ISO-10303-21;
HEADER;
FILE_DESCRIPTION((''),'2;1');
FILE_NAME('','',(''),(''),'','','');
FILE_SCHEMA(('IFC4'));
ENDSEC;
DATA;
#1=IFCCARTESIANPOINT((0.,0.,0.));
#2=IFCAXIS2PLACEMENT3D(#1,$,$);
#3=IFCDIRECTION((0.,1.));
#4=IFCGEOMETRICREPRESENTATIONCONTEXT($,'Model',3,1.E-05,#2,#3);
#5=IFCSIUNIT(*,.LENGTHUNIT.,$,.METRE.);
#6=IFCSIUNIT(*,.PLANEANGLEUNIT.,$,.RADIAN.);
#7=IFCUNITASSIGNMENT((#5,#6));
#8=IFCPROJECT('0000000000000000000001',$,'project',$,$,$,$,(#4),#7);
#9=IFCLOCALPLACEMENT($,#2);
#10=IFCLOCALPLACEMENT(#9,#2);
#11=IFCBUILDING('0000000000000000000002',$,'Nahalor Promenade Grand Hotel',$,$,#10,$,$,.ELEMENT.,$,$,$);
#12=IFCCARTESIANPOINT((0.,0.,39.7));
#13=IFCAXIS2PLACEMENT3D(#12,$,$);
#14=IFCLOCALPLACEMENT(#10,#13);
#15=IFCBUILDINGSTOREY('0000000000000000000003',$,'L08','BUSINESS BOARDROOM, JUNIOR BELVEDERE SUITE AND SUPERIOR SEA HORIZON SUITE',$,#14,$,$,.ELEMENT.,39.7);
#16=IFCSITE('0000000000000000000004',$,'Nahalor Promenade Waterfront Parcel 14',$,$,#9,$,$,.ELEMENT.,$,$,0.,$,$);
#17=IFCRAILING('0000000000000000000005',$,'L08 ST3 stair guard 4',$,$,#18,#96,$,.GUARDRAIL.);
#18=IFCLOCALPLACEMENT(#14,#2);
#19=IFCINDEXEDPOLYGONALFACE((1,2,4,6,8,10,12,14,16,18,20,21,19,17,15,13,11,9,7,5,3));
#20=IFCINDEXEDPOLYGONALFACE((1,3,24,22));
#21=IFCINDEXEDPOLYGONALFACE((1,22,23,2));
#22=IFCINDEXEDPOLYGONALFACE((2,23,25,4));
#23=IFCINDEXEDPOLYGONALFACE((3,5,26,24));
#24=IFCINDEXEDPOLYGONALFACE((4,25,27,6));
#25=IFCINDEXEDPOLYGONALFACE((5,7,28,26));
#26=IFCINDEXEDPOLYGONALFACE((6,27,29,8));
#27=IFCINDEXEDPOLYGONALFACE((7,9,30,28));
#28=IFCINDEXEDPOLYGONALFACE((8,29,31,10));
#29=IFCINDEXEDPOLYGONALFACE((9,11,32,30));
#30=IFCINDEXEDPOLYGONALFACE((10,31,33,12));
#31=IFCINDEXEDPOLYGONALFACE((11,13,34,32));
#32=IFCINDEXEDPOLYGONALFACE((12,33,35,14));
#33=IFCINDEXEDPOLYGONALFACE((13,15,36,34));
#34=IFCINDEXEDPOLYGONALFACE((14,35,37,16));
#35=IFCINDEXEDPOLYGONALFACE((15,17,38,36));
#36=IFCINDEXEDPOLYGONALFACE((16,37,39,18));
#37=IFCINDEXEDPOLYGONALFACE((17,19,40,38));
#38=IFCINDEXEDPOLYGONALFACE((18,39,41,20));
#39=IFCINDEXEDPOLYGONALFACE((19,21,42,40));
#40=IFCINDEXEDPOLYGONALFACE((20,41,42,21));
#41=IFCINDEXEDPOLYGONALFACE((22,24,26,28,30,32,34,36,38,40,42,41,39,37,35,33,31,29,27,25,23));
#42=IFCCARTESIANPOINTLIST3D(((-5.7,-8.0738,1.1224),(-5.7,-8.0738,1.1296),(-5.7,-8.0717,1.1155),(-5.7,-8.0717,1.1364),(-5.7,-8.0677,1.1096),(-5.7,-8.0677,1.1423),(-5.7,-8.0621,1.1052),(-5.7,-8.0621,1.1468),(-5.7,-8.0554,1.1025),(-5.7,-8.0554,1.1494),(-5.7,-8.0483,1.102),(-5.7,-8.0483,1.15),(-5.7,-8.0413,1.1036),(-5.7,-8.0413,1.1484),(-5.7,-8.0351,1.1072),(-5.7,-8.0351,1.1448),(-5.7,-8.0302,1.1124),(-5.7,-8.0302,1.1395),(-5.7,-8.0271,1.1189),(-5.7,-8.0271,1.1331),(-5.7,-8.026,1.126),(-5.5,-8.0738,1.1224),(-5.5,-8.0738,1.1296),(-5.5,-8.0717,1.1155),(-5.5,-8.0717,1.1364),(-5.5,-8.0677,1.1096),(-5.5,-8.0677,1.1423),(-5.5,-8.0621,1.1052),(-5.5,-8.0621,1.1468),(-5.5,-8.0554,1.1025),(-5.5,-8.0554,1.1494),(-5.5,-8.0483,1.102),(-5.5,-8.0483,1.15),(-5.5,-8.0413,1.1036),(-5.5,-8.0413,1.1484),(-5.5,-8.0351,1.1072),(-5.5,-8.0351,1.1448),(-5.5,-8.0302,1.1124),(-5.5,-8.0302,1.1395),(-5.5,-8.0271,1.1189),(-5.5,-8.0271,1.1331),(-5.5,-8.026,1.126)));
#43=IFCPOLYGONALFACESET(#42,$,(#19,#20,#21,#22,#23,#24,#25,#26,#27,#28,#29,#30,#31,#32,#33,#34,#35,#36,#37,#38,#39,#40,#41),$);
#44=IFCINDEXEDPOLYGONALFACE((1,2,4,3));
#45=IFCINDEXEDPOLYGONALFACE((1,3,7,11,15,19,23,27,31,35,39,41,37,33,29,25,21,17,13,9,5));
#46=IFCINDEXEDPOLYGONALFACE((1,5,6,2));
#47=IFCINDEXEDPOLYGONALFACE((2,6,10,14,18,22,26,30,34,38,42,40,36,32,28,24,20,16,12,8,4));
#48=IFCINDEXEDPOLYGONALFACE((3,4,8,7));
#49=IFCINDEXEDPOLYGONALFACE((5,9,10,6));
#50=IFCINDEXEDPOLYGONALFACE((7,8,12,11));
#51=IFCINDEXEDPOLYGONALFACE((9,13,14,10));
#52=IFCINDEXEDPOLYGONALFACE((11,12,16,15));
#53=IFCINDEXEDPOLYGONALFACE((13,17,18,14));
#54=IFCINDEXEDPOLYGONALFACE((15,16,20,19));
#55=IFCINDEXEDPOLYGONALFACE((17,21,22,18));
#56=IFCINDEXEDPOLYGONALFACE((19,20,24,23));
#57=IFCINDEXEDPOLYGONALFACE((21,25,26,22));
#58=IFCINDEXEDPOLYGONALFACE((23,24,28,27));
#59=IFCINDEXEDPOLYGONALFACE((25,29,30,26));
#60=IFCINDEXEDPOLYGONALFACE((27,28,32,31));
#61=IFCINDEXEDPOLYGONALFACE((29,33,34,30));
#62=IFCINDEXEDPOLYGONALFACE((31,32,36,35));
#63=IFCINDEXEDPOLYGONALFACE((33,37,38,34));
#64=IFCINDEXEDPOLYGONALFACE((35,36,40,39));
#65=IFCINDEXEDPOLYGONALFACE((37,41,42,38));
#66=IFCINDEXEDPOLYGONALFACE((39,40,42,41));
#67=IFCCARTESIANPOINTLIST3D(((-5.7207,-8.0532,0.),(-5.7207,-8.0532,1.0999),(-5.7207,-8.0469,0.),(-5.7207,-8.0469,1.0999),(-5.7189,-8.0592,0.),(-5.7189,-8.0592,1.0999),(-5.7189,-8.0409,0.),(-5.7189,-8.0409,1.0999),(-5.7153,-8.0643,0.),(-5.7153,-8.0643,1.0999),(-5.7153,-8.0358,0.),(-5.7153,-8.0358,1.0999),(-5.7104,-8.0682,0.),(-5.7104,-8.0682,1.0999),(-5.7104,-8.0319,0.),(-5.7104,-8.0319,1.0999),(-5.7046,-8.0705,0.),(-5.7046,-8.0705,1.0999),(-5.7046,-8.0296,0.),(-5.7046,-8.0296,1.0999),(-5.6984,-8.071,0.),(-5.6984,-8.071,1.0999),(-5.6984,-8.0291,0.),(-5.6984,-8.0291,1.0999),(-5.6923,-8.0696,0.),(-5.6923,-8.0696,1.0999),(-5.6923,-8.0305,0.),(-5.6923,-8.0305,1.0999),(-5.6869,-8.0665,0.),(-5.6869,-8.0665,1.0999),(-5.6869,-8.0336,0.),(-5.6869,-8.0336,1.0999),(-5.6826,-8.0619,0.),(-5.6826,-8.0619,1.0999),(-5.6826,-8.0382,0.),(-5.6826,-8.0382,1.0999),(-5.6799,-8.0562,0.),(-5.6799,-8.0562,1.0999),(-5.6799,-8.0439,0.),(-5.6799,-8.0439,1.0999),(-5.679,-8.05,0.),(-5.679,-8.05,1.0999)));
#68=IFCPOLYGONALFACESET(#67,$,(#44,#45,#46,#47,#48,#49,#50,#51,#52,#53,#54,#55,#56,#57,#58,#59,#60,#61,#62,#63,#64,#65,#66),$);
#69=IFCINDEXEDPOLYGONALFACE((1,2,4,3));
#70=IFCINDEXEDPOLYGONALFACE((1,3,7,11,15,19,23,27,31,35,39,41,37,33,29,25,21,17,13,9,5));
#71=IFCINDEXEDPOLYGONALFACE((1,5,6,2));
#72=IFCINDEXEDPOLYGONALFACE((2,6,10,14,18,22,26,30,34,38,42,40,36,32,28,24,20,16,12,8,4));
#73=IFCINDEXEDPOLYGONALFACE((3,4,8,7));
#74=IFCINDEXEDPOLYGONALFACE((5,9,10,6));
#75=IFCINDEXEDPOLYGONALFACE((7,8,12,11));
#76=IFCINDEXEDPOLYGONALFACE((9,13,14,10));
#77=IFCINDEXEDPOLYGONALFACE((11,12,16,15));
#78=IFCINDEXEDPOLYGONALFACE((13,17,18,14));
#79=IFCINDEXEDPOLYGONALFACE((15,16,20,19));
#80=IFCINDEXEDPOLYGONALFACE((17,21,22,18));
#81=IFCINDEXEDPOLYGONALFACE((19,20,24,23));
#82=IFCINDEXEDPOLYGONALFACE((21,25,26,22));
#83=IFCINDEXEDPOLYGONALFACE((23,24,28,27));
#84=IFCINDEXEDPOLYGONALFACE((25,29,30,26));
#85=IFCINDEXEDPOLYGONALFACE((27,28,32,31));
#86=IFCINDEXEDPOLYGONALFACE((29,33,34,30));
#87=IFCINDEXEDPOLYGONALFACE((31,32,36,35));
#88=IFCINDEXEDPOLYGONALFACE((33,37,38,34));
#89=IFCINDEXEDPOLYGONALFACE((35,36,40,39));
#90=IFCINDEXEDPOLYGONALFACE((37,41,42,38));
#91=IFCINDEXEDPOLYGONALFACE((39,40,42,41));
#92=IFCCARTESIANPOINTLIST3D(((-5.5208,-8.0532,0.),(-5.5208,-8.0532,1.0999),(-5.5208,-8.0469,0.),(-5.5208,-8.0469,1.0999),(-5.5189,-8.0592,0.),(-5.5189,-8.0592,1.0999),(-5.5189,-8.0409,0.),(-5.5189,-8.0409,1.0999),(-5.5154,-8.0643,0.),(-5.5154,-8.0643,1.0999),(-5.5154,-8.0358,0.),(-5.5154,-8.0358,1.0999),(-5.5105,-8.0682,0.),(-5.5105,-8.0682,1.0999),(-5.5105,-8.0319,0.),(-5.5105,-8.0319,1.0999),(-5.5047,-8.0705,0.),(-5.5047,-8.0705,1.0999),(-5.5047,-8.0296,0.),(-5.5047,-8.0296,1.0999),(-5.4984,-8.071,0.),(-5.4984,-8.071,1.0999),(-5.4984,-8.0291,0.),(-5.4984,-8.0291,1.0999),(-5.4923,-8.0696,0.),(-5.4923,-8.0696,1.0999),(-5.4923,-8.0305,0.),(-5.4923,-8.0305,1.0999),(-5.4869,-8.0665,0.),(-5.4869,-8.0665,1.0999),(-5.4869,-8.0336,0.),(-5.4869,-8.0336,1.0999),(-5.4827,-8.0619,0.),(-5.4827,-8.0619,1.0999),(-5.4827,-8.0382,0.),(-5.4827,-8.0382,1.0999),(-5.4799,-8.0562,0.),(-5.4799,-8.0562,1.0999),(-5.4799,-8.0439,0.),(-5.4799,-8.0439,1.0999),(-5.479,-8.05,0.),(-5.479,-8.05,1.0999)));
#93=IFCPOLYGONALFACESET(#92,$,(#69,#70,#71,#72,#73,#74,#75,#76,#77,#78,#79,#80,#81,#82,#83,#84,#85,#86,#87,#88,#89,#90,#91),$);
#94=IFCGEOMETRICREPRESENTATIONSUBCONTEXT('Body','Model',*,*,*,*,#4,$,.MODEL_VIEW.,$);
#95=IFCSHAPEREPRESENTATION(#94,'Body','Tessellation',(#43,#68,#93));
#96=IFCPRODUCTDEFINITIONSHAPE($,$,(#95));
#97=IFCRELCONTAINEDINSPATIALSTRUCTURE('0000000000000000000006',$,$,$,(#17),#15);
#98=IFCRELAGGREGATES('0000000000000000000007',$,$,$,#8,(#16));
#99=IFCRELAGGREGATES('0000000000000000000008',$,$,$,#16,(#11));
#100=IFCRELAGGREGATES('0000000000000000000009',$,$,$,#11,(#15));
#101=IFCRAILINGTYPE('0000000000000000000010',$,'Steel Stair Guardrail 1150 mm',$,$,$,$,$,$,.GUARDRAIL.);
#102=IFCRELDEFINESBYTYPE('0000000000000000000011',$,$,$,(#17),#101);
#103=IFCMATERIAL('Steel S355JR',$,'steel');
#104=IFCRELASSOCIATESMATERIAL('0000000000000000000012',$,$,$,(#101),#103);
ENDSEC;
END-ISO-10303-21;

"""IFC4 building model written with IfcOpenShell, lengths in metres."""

from ifc_helpers import new_model, si_unit, direction, frame, origin, origin_2d, place, context, subcontext, project, spatial, circle, extrude, material, type_object, element, save


model = new_model("IFC4")

# Units and contexts
model_context = context("Model", 3, precision=1e-05, world=origin(), true_north=direction((0.0, 1.0)))
body_context = subcontext(model_context, "Body", "Model", "MODEL_VIEW")
ifc_project = project(units=[si_unit("LENGTHUNIT", "METRE"), si_unit("PLANEANGLEUNIT", "RADIAN")], contexts=[model_context])

# Site, building, storey
site_placement = place(None, origin())
site = spatial("IfcSite", under=ifc_project, at=site_placement, Name="Nahalor Promenade Waterfront Parcel 14", CompositionType="ELEMENT", RefElevation=0.0)
building_placement = place(site_placement, origin())
building = spatial("IfcBuilding", under=site, at=building_placement, Name="Nahalor Promenade Grand Hotel", CompositionType="ELEMENT")
storey_placement = place(building_placement, frame((0.0, 0.0, 39.7)))
storey = spatial("IfcBuildingStorey", under=building, at=storey_placement, Name="L08", Description="BUSINESS BOARDROOM, JUNIOR BELVEDERE SUITE AND SUPERIOR SEA HORIZON SUITE", CompositionType="ELEMENT", Elevation=39.7)

# Shared definitions
ifc_material_1 = material(Name="Steel S355JR", Category="steel")

# Railing
railing_type_1 = type_object("IfcRailingType", Name="Steel Stair Guardrail 1150 mm", PredefinedType="GUARDRAIL", material=ifc_material_1)
railing_1_placement = place(storey_placement, frame((-5.7, -8.05, 0.0)))
element("IfcRailing", 1, at=railing_1_placement, inside=storey, type_object=railing_type_1, Name="L08 ST3 stair guard 4", PredefinedType="GUARDRAIL", context=body_context, shape_type="SweptSolid", body=[
    extrude(circle(Radius=0.024, at=origin_2d()), frame((0.0, 0.0, 1.126), z_axis=(1.0, 0.0, 0.0), x_axis=(0.0, 1.0, 0.0)), (0.0, 0.0, 1.0), 0.2),
    extrude(circle(Radius=0.021, at=origin_2d()), origin(), (0.0, 0.0, 1.0), 1.0999),
    extrude(circle(Radius=0.021, at=origin_2d()), frame((0.2, 0.0, 0.0)), (0.0, 0.0, 1.0), 1.0999),
])

save(model, "model.ifc")
